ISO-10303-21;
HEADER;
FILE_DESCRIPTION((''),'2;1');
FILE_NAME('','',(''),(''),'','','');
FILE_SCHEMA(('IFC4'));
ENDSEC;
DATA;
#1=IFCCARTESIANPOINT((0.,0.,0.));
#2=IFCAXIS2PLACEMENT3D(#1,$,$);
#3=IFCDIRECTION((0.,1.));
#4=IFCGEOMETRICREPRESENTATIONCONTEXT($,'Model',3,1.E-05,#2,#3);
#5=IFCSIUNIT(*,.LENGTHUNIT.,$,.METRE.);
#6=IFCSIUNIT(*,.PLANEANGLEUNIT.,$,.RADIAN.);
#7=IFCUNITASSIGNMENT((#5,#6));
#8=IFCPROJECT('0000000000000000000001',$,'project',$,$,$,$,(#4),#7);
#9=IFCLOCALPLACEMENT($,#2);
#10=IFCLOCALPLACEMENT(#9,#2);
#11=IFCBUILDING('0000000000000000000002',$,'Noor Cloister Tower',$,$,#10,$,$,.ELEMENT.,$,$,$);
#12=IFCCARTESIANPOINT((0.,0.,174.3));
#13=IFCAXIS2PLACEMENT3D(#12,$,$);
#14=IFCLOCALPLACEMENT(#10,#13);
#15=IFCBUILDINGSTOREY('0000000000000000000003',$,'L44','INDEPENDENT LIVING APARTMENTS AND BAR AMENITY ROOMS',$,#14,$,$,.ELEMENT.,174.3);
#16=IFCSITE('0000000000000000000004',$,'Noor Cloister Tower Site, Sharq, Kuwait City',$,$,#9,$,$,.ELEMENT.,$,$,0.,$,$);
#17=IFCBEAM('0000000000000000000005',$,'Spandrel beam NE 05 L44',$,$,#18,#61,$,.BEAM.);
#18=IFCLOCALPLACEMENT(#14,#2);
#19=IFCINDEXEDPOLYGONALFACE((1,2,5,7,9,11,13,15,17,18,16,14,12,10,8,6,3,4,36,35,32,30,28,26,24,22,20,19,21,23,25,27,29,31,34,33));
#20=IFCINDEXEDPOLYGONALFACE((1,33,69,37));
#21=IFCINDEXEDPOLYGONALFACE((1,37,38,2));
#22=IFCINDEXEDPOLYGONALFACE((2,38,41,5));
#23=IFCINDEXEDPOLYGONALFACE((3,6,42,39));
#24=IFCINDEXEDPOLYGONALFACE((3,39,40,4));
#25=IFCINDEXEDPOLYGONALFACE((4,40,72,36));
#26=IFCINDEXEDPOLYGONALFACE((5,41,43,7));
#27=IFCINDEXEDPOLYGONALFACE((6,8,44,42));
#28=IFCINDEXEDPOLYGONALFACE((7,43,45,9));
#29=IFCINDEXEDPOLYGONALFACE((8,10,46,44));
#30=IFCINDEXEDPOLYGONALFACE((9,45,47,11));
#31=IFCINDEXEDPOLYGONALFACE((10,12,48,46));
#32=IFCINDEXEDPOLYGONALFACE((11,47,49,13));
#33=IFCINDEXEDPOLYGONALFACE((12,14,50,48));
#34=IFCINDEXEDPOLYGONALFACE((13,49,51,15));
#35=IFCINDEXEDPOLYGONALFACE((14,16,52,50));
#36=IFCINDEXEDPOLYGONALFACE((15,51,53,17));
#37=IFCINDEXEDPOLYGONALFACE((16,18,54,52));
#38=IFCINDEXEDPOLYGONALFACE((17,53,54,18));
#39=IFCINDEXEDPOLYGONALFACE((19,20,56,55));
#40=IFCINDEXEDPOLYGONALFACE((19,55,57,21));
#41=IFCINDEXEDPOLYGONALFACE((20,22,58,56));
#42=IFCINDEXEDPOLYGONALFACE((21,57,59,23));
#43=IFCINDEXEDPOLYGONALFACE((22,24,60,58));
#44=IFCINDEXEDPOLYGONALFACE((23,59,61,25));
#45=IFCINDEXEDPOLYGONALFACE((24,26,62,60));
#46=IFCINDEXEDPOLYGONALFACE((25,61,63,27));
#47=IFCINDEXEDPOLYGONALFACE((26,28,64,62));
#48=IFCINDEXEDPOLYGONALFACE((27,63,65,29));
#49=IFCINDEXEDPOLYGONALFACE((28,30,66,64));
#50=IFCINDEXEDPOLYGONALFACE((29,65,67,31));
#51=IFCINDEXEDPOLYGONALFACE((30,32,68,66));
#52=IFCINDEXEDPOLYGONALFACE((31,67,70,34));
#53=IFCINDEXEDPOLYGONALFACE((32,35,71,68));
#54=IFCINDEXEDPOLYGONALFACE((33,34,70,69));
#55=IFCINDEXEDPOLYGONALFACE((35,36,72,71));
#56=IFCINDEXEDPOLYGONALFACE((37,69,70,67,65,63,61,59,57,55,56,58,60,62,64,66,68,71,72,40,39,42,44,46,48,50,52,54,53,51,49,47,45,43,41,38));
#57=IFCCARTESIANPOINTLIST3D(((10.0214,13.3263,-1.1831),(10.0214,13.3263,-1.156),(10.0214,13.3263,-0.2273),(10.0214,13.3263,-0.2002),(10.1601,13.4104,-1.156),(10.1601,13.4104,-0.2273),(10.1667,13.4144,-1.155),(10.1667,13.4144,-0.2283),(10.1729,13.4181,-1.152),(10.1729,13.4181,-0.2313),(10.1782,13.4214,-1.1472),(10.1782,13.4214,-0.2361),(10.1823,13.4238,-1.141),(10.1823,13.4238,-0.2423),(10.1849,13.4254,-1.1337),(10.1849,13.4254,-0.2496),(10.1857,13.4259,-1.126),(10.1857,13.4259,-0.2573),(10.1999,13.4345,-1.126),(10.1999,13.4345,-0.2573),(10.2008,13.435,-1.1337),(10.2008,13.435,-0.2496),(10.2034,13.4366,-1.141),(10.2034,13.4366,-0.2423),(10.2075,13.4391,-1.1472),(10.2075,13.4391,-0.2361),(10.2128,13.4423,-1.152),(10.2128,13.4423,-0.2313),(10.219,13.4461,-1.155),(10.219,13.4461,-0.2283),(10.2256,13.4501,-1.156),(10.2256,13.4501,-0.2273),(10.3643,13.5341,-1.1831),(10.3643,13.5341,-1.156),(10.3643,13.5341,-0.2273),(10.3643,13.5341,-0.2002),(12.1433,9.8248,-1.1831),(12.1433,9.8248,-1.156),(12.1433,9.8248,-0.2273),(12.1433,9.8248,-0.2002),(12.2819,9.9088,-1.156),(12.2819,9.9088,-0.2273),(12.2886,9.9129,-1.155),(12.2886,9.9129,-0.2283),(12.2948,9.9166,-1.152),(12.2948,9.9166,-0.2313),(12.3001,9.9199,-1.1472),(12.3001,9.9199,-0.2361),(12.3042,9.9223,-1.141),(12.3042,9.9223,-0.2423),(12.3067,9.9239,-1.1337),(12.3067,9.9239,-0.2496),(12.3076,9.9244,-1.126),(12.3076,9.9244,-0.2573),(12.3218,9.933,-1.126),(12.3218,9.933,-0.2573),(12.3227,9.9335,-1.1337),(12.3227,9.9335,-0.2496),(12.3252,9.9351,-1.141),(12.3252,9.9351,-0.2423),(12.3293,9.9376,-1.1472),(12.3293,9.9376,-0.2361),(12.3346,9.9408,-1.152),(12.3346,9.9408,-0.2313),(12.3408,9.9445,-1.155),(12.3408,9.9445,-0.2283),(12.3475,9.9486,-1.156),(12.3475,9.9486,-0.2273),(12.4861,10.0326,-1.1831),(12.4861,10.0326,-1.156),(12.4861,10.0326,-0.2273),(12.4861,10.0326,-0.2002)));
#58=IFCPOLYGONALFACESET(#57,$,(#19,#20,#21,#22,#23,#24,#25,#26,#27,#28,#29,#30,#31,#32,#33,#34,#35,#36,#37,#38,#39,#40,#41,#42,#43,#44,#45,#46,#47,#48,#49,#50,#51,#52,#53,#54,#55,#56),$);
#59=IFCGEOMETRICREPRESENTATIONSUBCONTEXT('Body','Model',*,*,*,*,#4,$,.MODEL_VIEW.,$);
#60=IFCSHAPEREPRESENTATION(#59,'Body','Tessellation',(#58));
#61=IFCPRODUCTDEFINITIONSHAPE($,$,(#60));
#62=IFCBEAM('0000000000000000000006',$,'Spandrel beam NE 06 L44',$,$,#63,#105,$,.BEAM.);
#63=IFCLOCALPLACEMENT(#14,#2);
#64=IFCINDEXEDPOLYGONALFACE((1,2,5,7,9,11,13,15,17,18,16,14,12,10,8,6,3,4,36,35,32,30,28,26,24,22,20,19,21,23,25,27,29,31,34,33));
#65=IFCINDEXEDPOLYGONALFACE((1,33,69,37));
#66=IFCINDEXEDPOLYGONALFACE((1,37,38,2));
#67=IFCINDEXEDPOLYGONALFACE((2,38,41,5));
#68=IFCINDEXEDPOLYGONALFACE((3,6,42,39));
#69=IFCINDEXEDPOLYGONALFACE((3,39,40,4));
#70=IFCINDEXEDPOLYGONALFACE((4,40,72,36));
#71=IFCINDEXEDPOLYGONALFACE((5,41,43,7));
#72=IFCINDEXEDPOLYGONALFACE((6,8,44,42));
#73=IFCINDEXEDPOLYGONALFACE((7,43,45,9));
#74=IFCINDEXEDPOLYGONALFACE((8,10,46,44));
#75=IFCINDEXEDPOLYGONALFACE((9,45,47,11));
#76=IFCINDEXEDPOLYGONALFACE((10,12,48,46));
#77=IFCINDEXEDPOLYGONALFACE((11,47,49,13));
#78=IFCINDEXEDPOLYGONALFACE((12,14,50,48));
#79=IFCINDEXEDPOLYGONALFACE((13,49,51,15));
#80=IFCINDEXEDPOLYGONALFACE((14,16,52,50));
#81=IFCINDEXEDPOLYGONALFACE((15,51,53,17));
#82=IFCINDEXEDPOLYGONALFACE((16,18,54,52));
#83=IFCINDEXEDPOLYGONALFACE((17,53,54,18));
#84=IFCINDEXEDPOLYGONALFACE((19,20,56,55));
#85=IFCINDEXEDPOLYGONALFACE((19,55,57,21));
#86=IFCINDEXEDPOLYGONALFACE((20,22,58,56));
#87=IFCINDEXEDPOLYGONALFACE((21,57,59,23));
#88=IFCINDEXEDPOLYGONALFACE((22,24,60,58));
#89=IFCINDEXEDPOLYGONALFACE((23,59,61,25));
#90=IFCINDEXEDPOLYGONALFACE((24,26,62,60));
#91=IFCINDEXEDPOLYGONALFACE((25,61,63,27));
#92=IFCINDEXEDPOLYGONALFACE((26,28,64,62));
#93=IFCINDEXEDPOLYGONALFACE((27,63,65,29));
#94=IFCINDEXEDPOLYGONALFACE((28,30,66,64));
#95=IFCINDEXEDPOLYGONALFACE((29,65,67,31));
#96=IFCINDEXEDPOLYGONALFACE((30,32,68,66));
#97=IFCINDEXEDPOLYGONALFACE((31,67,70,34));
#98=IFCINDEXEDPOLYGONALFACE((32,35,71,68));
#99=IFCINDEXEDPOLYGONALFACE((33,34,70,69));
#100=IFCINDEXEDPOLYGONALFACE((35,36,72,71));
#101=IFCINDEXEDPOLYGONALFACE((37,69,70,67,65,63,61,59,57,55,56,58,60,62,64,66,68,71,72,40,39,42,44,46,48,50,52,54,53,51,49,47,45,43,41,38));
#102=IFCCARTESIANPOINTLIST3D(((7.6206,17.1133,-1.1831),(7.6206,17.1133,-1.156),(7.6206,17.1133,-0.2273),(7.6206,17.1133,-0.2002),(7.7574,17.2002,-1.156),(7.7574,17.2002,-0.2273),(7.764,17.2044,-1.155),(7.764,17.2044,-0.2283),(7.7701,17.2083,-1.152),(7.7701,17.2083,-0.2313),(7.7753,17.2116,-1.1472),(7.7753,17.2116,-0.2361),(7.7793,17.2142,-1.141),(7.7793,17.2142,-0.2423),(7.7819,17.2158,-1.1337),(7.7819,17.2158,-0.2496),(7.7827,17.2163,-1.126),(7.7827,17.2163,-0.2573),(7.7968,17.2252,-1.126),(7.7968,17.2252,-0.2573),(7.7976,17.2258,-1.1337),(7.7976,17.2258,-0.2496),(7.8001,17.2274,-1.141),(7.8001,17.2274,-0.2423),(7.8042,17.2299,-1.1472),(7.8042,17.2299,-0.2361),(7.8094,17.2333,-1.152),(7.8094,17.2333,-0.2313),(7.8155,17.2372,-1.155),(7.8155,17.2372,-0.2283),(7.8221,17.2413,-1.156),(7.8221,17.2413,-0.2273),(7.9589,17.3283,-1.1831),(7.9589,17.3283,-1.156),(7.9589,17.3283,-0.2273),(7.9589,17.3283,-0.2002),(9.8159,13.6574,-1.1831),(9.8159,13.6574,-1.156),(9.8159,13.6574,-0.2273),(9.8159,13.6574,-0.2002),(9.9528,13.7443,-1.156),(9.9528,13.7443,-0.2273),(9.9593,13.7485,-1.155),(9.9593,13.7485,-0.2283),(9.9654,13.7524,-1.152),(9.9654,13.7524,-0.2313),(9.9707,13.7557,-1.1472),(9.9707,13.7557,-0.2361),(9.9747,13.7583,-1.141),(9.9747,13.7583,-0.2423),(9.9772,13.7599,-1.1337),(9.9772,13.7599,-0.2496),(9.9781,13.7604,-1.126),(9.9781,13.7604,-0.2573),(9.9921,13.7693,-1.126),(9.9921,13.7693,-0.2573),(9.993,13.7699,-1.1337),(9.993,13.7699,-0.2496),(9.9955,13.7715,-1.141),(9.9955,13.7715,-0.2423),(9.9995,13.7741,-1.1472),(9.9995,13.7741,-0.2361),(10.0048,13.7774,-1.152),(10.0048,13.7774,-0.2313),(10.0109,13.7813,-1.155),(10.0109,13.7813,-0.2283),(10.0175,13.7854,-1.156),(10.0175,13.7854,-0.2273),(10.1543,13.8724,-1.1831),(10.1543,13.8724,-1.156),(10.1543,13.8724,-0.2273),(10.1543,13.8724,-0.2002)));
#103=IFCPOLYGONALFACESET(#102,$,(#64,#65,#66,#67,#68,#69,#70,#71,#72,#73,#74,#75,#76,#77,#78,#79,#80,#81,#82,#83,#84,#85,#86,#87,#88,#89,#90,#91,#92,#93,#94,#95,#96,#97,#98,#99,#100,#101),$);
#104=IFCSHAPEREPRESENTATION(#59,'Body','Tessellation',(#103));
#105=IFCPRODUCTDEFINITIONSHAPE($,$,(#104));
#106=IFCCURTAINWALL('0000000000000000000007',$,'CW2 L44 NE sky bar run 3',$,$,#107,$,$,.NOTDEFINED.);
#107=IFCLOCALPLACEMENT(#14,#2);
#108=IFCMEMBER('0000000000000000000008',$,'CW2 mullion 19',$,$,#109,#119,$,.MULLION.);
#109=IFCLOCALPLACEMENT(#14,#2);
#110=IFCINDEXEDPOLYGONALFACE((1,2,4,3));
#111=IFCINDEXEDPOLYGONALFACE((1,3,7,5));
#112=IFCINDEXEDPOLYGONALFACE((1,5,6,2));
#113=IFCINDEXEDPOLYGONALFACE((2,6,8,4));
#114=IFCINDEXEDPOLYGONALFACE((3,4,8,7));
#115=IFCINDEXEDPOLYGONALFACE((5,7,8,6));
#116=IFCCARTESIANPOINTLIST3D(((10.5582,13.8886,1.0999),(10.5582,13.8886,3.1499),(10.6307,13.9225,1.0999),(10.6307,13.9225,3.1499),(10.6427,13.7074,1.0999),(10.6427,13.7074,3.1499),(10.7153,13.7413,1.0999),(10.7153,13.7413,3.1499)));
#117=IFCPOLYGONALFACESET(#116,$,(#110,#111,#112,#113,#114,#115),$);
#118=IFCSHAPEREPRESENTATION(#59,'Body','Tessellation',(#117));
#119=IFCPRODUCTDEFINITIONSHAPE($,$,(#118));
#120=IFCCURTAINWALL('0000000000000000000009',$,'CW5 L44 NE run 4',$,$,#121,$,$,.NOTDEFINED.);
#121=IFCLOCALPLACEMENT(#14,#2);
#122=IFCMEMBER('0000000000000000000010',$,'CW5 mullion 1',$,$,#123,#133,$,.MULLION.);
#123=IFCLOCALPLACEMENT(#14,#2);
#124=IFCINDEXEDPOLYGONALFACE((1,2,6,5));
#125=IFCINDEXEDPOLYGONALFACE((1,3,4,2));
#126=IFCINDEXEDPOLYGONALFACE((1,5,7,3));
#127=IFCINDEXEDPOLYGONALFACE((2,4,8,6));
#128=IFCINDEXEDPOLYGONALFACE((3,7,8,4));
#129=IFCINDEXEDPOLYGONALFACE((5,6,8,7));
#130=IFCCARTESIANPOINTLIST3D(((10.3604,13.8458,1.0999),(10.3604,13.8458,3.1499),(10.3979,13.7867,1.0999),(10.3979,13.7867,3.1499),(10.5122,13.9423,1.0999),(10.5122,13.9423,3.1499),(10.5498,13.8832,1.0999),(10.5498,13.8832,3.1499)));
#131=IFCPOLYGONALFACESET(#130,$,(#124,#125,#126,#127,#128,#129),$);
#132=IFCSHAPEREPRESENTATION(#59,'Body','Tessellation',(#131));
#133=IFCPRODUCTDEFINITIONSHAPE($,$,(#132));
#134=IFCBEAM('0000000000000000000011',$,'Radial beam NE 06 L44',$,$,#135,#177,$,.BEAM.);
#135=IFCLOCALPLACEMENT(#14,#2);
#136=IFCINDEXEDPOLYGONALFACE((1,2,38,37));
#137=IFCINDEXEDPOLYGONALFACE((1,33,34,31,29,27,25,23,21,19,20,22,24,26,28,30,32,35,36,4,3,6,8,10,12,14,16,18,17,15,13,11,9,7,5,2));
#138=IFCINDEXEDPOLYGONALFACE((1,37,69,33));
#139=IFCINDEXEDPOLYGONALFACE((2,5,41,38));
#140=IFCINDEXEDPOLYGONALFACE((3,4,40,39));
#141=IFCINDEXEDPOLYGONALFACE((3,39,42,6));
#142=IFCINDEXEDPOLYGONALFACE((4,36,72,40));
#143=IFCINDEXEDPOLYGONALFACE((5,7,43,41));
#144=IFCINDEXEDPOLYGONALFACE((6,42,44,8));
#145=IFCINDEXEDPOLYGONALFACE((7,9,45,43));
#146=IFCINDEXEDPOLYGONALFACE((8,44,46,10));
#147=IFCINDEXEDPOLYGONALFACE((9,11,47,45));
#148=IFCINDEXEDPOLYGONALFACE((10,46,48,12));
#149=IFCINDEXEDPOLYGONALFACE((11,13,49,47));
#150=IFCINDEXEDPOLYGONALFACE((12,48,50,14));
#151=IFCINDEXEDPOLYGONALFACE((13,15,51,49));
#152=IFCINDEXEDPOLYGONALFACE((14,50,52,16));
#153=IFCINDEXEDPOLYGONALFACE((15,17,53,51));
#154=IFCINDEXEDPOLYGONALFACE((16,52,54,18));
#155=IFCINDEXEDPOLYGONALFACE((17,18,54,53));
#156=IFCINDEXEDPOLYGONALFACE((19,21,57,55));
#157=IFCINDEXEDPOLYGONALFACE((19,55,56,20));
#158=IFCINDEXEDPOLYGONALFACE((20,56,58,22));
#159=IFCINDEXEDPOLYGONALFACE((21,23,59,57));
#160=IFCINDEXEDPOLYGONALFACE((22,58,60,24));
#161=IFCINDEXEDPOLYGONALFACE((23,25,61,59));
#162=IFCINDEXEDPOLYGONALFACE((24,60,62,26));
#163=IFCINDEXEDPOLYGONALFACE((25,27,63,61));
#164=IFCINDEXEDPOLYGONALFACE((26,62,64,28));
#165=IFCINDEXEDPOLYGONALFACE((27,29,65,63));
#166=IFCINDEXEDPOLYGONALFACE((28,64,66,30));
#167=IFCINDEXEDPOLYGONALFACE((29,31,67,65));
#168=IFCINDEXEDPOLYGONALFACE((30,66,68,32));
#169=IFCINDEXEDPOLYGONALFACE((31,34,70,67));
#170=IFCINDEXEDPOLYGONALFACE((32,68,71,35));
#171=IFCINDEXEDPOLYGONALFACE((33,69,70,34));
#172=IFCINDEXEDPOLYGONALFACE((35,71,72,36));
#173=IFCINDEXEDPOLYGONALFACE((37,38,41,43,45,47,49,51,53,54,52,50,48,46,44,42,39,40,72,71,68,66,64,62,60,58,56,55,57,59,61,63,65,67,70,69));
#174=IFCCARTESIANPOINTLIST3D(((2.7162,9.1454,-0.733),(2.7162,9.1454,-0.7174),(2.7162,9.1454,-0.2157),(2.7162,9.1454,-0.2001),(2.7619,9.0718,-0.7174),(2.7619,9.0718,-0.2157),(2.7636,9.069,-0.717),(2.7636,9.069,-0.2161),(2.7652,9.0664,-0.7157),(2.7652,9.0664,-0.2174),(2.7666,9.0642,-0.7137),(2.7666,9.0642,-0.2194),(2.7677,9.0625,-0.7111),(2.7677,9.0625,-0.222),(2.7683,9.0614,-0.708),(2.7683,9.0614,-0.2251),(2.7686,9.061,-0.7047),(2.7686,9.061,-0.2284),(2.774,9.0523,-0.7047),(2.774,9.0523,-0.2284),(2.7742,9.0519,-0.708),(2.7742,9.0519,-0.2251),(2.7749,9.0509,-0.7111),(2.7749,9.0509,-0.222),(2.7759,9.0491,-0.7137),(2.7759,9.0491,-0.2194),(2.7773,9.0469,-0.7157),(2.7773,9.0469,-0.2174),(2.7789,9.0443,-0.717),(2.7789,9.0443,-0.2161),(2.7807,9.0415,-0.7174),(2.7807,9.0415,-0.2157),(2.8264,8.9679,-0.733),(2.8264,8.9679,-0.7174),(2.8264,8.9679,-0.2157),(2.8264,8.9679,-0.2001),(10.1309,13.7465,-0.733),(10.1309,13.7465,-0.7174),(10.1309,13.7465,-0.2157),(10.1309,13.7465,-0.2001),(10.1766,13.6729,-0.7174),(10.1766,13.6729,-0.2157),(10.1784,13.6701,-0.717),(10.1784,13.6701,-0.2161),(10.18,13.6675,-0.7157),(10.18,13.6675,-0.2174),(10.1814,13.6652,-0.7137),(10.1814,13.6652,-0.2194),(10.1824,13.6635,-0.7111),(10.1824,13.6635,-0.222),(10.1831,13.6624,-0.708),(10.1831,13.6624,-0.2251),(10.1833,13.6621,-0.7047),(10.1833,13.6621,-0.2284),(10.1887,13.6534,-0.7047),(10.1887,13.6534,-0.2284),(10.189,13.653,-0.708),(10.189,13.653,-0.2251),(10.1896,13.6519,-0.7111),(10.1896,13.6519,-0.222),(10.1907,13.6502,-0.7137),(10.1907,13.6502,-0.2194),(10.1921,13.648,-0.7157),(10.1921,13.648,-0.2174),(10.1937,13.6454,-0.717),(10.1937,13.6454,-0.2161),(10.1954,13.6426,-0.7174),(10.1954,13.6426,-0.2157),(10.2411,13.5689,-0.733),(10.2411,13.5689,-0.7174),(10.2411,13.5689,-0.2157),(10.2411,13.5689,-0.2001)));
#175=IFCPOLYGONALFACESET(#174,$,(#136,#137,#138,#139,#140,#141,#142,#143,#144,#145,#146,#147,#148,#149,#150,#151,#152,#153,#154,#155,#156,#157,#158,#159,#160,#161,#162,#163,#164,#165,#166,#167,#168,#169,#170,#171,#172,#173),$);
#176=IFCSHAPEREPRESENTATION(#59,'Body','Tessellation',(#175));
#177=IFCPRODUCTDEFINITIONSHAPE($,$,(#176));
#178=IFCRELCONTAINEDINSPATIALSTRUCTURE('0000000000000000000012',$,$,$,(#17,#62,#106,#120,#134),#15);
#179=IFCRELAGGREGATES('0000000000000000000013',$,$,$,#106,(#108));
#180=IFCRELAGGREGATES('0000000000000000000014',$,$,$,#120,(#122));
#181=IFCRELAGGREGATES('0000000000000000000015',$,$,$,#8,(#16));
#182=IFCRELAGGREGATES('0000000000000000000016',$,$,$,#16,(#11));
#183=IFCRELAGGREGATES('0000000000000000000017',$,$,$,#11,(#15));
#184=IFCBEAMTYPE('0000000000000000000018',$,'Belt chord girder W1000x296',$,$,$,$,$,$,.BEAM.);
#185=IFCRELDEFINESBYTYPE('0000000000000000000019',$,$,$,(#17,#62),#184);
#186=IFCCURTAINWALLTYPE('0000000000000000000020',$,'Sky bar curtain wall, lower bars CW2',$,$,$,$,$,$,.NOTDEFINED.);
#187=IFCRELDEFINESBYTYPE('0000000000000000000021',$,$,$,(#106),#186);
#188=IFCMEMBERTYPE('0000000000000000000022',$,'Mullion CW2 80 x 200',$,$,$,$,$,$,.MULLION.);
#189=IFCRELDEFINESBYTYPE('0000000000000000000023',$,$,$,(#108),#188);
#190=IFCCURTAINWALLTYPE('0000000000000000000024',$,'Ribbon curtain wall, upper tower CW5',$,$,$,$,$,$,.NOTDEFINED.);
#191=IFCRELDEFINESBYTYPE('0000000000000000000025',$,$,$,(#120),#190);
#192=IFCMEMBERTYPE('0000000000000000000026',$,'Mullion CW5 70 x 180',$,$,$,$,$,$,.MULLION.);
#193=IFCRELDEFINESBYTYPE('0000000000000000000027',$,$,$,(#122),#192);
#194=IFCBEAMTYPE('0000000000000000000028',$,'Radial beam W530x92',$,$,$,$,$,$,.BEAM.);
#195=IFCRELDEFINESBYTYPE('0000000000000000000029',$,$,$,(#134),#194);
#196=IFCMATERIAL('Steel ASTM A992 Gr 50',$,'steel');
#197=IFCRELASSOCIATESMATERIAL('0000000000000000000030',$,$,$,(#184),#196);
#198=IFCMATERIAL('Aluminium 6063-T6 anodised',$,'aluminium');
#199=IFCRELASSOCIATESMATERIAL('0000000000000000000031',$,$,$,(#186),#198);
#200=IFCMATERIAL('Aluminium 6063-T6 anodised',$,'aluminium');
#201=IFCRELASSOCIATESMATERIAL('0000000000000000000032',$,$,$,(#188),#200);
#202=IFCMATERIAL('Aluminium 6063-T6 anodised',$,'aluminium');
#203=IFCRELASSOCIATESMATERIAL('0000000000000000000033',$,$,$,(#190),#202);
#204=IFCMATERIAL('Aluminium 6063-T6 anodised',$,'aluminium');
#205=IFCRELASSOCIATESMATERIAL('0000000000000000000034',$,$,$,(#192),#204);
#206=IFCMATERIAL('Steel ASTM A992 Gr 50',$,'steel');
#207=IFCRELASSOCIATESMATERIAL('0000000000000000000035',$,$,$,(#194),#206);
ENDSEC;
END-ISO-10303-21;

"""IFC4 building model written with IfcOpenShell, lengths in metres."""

from ifc_helpers import new_model, si_unit, direction, frame, origin, origin_2d, place, context, subcontext, project, spatial, rectangle, i_section, extrude, material, material_profile, profile_set, type_object, element, aggregate, save


model = new_model("IFC4")

# Units and contexts
model_context = context("Model", 3, precision=1e-05, world=origin(), true_north=direction((0.0, 1.0)))
body_context = subcontext(model_context, "Body", "Model", "MODEL_VIEW")
ifc_project = project(units=[si_unit("LENGTHUNIT", "METRE"), si_unit("PLANEANGLEUNIT", "RADIAN")], contexts=[model_context])

# Site, building, storey
site_placement = place(None, origin())
site = spatial("IfcSite", under=ifc_project, at=site_placement, Name="Noor Cloister Tower Site, Sharq, Kuwait City", CompositionType="ELEMENT", RefElevation=0.0)
building_placement = place(site_placement, origin())
building = spatial("IfcBuilding", under=site, at=building_placement, Name="Noor Cloister Tower", CompositionType="ELEMENT")
storey_placement = place(building_placement, frame((0.0, 0.0, 174.3)))
storey = spatial("IfcBuildingStorey", under=building, at=storey_placement, Name="L44", Description="INDEPENDENT LIVING APARTMENTS AND BAR AMENITY ROOMS", CompositionType="ELEMENT", Elevation=174.3)

# Beams
ifc_material_1 = material(Name="Steel ASTM A992 Gr 50", Category="steel")
ifc_material_profile_1 = material_profile(ifc_material_1, i_section(OverallWidth=0.4009, OverallDepth=0.9829, WebThickness=0.0166, FlangeThickness=0.0271, FilletRadius=0.03, at=origin_2d()), Name="W1000x296")
ifc_profile_set_1 = profile_set([ifc_material_profile_1], Name="Steel ASTM A992 Gr 50")
beam_type_1 = type_object("IfcBeamType", Name="Belt chord girder W1000x296", PredefinedType="BEAM", material=ifc_profile_set_1)
for number, where, z_axis, x_axis, name in (
    (1, (12.3147, 9.9287, -0.6917), (-0.518253, 0.855227, 0.0), (-0.855227, -0.518253, 0.0), "Spandrel beam NE 05 L44"),
    (2, (9.9851, 13.7649, -0.6917), (-0.536208, 0.844086, 0.0), (-0.844086, -0.536208, 0.0), "Spandrel beam NE 06 L44"),
):
    element("IfcBeam", number, at=place(storey_placement, frame(where, z_axis=z_axis, x_axis=x_axis)), inside=storey, type_object=beam_type_1, Name=name, PredefinedType="BEAM", context=body_context, shape_type="SweptSolid", body=[
        extrude(i_section(OverallWidth=0.4009, OverallDepth=0.9829, WebThickness=0.0166, FlangeThickness=0.0271, FilletRadius=0.03, at=origin_2d()), origin(), (0.0, 0.0, 1.0), 4.0942),
    ])

# Curtain walls, members
ifc_material_2 = material(Name="Aluminium 6063-T6 anodised", Category="aluminium")
curtain_wall_type_1 = type_object("IfcCurtainWallType", Name="Sky bar curtain wall, lower bars CW2", PredefinedType="NOTDEFINED", material=ifc_material_2)
curtain_wall_1_placement = place(storey_placement, origin())
curtain_wall_1 = element("IfcCurtainWall", 3, at=curtain_wall_1_placement, inside=storey, type_object=curtain_wall_type_1, Name="CW2 L44 NE sky bar run 3", PredefinedType="NOTDEFINED")
ifc_material_3 = material(Name="Aluminium 6063-T6 anodised", Category="aluminium")
ifc_material_profile_2 = material_profile(ifc_material_3, rectangle(XDim=0.2, YDim=0.0801, at=origin_2d()), Name="200 x 80 mullion")
ifc_profile_set_2 = profile_set([ifc_material_profile_2], Name="Aluminium 6063-T6 anodised")
member_type_1 = type_object("IfcMemberType", Name="Mullion CW2 80 x 200", PredefinedType="MULLION", material=ifc_profile_set_2)
member_1_placement = place(storey_placement, frame((10.6367, 13.8149, 1.0999), z_axis=(0.0, 0.0, 1.0), x_axis=(0.42267, -0.906284, 0.0)))
member_1 = element("IfcMember", 4, at=member_1_placement, type_object=member_type_1, Name="CW2 mullion 19", PredefinedType="MULLION", context=body_context, shape_type="SweptSolid", body=[
    extrude(rectangle(XDim=0.2, YDim=0.0801, at=origin_2d()), origin(), (0.0, 0.0, 1.0), 2.05),
])
aggregate(curtain_wall_1, [member_1])
ifc_material_4 = material(Name="Aluminium 6063-T6 anodised", Category="aluminium")
curtain_wall_type_2 = type_object("IfcCurtainWallType", Name="Ribbon curtain wall, upper tower CW5", PredefinedType="NOTDEFINED", material=ifc_material_4)
curtain_wall_2_placement = place(storey_placement, origin())
curtain_wall_2 = element("IfcCurtainWall", 5, at=curtain_wall_2_placement, inside=storey, type_object=curtain_wall_type_2, Name="CW5 L44 NE run 4", PredefinedType="NOTDEFINED")
ifc_material_5 = material(Name="Aluminium 6063-T6 anodised", Category="aluminium")
ifc_material_profile_3 = material_profile(ifc_material_5, rectangle(XDim=0.1799, YDim=0.0701, at=origin_2d()), Name="180 x 70 mullion")
ifc_profile_set_3 = profile_set([ifc_material_profile_3], Name="Aluminium 6063-T6 anodised")
member_type_2 = type_object("IfcMemberType", Name="Mullion CW5 70 x 180", PredefinedType="MULLION", material=ifc_profile_set_3)
member_2_placement = place(storey_placement, frame((10.4551, 13.8645, 1.0999), z_axis=(0.0, 0.0, 1.0), x_axis=(-0.844073, -0.536228, 0.0)))
member_2 = element("IfcMember", 6, at=member_2_placement, type_object=member_type_2, Name="CW5 mullion 1", PredefinedType="MULLION", context=body_context, shape_type="SweptSolid", body=[
    extrude(rectangle(XDim=0.1799, YDim=0.0701, at=origin_2d()), origin(), (0.0, 0.0, 1.0), 2.05),
])
aggregate(curtain_wall_2, [member_2])

# Beam
ifc_material_6 = material(Name="Steel ASTM A992 Gr 50", Category="steel")
ifc_material_profile_4 = material_profile(ifc_material_6, i_section(OverallWidth=0.209, OverallDepth=0.533, WebThickness=0.0103, FlangeThickness=0.0156, FilletRadius=0.0127, at=origin_2d()), Name="W530x92")
ifc_profile_set_4 = profile_set([ifc_material_profile_4], Name="Steel ASTM A992 Gr 50")
beam_type_2 = type_object("IfcBeamType", Name="Radial beam W530x92", PredefinedType="BEAM", material=ifc_profile_set_4)
beam_1_placement = place(storey_placement, frame((10.186, 13.6577, -0.4666), z_axis=(-0.849702, -0.527263, 0.0), x_axis=(0.527263, -0.849702, 0.0)))
element("IfcBeam", 7, at=beam_1_placement, inside=storey, type_object=beam_type_2, Name="Radial beam NE 06 L44", PredefinedType="BEAM", context=body_context, shape_type="SweptSolid", body=[
    extrude(i_section(OverallWidth=0.209, OverallDepth=0.533, WebThickness=0.0103, FlangeThickness=0.0156, FilletRadius=0.0127, at=origin_2d()), origin(), (0.0, 0.0, 1.0), 8.7263),
])

save(model, "model.ifc")
